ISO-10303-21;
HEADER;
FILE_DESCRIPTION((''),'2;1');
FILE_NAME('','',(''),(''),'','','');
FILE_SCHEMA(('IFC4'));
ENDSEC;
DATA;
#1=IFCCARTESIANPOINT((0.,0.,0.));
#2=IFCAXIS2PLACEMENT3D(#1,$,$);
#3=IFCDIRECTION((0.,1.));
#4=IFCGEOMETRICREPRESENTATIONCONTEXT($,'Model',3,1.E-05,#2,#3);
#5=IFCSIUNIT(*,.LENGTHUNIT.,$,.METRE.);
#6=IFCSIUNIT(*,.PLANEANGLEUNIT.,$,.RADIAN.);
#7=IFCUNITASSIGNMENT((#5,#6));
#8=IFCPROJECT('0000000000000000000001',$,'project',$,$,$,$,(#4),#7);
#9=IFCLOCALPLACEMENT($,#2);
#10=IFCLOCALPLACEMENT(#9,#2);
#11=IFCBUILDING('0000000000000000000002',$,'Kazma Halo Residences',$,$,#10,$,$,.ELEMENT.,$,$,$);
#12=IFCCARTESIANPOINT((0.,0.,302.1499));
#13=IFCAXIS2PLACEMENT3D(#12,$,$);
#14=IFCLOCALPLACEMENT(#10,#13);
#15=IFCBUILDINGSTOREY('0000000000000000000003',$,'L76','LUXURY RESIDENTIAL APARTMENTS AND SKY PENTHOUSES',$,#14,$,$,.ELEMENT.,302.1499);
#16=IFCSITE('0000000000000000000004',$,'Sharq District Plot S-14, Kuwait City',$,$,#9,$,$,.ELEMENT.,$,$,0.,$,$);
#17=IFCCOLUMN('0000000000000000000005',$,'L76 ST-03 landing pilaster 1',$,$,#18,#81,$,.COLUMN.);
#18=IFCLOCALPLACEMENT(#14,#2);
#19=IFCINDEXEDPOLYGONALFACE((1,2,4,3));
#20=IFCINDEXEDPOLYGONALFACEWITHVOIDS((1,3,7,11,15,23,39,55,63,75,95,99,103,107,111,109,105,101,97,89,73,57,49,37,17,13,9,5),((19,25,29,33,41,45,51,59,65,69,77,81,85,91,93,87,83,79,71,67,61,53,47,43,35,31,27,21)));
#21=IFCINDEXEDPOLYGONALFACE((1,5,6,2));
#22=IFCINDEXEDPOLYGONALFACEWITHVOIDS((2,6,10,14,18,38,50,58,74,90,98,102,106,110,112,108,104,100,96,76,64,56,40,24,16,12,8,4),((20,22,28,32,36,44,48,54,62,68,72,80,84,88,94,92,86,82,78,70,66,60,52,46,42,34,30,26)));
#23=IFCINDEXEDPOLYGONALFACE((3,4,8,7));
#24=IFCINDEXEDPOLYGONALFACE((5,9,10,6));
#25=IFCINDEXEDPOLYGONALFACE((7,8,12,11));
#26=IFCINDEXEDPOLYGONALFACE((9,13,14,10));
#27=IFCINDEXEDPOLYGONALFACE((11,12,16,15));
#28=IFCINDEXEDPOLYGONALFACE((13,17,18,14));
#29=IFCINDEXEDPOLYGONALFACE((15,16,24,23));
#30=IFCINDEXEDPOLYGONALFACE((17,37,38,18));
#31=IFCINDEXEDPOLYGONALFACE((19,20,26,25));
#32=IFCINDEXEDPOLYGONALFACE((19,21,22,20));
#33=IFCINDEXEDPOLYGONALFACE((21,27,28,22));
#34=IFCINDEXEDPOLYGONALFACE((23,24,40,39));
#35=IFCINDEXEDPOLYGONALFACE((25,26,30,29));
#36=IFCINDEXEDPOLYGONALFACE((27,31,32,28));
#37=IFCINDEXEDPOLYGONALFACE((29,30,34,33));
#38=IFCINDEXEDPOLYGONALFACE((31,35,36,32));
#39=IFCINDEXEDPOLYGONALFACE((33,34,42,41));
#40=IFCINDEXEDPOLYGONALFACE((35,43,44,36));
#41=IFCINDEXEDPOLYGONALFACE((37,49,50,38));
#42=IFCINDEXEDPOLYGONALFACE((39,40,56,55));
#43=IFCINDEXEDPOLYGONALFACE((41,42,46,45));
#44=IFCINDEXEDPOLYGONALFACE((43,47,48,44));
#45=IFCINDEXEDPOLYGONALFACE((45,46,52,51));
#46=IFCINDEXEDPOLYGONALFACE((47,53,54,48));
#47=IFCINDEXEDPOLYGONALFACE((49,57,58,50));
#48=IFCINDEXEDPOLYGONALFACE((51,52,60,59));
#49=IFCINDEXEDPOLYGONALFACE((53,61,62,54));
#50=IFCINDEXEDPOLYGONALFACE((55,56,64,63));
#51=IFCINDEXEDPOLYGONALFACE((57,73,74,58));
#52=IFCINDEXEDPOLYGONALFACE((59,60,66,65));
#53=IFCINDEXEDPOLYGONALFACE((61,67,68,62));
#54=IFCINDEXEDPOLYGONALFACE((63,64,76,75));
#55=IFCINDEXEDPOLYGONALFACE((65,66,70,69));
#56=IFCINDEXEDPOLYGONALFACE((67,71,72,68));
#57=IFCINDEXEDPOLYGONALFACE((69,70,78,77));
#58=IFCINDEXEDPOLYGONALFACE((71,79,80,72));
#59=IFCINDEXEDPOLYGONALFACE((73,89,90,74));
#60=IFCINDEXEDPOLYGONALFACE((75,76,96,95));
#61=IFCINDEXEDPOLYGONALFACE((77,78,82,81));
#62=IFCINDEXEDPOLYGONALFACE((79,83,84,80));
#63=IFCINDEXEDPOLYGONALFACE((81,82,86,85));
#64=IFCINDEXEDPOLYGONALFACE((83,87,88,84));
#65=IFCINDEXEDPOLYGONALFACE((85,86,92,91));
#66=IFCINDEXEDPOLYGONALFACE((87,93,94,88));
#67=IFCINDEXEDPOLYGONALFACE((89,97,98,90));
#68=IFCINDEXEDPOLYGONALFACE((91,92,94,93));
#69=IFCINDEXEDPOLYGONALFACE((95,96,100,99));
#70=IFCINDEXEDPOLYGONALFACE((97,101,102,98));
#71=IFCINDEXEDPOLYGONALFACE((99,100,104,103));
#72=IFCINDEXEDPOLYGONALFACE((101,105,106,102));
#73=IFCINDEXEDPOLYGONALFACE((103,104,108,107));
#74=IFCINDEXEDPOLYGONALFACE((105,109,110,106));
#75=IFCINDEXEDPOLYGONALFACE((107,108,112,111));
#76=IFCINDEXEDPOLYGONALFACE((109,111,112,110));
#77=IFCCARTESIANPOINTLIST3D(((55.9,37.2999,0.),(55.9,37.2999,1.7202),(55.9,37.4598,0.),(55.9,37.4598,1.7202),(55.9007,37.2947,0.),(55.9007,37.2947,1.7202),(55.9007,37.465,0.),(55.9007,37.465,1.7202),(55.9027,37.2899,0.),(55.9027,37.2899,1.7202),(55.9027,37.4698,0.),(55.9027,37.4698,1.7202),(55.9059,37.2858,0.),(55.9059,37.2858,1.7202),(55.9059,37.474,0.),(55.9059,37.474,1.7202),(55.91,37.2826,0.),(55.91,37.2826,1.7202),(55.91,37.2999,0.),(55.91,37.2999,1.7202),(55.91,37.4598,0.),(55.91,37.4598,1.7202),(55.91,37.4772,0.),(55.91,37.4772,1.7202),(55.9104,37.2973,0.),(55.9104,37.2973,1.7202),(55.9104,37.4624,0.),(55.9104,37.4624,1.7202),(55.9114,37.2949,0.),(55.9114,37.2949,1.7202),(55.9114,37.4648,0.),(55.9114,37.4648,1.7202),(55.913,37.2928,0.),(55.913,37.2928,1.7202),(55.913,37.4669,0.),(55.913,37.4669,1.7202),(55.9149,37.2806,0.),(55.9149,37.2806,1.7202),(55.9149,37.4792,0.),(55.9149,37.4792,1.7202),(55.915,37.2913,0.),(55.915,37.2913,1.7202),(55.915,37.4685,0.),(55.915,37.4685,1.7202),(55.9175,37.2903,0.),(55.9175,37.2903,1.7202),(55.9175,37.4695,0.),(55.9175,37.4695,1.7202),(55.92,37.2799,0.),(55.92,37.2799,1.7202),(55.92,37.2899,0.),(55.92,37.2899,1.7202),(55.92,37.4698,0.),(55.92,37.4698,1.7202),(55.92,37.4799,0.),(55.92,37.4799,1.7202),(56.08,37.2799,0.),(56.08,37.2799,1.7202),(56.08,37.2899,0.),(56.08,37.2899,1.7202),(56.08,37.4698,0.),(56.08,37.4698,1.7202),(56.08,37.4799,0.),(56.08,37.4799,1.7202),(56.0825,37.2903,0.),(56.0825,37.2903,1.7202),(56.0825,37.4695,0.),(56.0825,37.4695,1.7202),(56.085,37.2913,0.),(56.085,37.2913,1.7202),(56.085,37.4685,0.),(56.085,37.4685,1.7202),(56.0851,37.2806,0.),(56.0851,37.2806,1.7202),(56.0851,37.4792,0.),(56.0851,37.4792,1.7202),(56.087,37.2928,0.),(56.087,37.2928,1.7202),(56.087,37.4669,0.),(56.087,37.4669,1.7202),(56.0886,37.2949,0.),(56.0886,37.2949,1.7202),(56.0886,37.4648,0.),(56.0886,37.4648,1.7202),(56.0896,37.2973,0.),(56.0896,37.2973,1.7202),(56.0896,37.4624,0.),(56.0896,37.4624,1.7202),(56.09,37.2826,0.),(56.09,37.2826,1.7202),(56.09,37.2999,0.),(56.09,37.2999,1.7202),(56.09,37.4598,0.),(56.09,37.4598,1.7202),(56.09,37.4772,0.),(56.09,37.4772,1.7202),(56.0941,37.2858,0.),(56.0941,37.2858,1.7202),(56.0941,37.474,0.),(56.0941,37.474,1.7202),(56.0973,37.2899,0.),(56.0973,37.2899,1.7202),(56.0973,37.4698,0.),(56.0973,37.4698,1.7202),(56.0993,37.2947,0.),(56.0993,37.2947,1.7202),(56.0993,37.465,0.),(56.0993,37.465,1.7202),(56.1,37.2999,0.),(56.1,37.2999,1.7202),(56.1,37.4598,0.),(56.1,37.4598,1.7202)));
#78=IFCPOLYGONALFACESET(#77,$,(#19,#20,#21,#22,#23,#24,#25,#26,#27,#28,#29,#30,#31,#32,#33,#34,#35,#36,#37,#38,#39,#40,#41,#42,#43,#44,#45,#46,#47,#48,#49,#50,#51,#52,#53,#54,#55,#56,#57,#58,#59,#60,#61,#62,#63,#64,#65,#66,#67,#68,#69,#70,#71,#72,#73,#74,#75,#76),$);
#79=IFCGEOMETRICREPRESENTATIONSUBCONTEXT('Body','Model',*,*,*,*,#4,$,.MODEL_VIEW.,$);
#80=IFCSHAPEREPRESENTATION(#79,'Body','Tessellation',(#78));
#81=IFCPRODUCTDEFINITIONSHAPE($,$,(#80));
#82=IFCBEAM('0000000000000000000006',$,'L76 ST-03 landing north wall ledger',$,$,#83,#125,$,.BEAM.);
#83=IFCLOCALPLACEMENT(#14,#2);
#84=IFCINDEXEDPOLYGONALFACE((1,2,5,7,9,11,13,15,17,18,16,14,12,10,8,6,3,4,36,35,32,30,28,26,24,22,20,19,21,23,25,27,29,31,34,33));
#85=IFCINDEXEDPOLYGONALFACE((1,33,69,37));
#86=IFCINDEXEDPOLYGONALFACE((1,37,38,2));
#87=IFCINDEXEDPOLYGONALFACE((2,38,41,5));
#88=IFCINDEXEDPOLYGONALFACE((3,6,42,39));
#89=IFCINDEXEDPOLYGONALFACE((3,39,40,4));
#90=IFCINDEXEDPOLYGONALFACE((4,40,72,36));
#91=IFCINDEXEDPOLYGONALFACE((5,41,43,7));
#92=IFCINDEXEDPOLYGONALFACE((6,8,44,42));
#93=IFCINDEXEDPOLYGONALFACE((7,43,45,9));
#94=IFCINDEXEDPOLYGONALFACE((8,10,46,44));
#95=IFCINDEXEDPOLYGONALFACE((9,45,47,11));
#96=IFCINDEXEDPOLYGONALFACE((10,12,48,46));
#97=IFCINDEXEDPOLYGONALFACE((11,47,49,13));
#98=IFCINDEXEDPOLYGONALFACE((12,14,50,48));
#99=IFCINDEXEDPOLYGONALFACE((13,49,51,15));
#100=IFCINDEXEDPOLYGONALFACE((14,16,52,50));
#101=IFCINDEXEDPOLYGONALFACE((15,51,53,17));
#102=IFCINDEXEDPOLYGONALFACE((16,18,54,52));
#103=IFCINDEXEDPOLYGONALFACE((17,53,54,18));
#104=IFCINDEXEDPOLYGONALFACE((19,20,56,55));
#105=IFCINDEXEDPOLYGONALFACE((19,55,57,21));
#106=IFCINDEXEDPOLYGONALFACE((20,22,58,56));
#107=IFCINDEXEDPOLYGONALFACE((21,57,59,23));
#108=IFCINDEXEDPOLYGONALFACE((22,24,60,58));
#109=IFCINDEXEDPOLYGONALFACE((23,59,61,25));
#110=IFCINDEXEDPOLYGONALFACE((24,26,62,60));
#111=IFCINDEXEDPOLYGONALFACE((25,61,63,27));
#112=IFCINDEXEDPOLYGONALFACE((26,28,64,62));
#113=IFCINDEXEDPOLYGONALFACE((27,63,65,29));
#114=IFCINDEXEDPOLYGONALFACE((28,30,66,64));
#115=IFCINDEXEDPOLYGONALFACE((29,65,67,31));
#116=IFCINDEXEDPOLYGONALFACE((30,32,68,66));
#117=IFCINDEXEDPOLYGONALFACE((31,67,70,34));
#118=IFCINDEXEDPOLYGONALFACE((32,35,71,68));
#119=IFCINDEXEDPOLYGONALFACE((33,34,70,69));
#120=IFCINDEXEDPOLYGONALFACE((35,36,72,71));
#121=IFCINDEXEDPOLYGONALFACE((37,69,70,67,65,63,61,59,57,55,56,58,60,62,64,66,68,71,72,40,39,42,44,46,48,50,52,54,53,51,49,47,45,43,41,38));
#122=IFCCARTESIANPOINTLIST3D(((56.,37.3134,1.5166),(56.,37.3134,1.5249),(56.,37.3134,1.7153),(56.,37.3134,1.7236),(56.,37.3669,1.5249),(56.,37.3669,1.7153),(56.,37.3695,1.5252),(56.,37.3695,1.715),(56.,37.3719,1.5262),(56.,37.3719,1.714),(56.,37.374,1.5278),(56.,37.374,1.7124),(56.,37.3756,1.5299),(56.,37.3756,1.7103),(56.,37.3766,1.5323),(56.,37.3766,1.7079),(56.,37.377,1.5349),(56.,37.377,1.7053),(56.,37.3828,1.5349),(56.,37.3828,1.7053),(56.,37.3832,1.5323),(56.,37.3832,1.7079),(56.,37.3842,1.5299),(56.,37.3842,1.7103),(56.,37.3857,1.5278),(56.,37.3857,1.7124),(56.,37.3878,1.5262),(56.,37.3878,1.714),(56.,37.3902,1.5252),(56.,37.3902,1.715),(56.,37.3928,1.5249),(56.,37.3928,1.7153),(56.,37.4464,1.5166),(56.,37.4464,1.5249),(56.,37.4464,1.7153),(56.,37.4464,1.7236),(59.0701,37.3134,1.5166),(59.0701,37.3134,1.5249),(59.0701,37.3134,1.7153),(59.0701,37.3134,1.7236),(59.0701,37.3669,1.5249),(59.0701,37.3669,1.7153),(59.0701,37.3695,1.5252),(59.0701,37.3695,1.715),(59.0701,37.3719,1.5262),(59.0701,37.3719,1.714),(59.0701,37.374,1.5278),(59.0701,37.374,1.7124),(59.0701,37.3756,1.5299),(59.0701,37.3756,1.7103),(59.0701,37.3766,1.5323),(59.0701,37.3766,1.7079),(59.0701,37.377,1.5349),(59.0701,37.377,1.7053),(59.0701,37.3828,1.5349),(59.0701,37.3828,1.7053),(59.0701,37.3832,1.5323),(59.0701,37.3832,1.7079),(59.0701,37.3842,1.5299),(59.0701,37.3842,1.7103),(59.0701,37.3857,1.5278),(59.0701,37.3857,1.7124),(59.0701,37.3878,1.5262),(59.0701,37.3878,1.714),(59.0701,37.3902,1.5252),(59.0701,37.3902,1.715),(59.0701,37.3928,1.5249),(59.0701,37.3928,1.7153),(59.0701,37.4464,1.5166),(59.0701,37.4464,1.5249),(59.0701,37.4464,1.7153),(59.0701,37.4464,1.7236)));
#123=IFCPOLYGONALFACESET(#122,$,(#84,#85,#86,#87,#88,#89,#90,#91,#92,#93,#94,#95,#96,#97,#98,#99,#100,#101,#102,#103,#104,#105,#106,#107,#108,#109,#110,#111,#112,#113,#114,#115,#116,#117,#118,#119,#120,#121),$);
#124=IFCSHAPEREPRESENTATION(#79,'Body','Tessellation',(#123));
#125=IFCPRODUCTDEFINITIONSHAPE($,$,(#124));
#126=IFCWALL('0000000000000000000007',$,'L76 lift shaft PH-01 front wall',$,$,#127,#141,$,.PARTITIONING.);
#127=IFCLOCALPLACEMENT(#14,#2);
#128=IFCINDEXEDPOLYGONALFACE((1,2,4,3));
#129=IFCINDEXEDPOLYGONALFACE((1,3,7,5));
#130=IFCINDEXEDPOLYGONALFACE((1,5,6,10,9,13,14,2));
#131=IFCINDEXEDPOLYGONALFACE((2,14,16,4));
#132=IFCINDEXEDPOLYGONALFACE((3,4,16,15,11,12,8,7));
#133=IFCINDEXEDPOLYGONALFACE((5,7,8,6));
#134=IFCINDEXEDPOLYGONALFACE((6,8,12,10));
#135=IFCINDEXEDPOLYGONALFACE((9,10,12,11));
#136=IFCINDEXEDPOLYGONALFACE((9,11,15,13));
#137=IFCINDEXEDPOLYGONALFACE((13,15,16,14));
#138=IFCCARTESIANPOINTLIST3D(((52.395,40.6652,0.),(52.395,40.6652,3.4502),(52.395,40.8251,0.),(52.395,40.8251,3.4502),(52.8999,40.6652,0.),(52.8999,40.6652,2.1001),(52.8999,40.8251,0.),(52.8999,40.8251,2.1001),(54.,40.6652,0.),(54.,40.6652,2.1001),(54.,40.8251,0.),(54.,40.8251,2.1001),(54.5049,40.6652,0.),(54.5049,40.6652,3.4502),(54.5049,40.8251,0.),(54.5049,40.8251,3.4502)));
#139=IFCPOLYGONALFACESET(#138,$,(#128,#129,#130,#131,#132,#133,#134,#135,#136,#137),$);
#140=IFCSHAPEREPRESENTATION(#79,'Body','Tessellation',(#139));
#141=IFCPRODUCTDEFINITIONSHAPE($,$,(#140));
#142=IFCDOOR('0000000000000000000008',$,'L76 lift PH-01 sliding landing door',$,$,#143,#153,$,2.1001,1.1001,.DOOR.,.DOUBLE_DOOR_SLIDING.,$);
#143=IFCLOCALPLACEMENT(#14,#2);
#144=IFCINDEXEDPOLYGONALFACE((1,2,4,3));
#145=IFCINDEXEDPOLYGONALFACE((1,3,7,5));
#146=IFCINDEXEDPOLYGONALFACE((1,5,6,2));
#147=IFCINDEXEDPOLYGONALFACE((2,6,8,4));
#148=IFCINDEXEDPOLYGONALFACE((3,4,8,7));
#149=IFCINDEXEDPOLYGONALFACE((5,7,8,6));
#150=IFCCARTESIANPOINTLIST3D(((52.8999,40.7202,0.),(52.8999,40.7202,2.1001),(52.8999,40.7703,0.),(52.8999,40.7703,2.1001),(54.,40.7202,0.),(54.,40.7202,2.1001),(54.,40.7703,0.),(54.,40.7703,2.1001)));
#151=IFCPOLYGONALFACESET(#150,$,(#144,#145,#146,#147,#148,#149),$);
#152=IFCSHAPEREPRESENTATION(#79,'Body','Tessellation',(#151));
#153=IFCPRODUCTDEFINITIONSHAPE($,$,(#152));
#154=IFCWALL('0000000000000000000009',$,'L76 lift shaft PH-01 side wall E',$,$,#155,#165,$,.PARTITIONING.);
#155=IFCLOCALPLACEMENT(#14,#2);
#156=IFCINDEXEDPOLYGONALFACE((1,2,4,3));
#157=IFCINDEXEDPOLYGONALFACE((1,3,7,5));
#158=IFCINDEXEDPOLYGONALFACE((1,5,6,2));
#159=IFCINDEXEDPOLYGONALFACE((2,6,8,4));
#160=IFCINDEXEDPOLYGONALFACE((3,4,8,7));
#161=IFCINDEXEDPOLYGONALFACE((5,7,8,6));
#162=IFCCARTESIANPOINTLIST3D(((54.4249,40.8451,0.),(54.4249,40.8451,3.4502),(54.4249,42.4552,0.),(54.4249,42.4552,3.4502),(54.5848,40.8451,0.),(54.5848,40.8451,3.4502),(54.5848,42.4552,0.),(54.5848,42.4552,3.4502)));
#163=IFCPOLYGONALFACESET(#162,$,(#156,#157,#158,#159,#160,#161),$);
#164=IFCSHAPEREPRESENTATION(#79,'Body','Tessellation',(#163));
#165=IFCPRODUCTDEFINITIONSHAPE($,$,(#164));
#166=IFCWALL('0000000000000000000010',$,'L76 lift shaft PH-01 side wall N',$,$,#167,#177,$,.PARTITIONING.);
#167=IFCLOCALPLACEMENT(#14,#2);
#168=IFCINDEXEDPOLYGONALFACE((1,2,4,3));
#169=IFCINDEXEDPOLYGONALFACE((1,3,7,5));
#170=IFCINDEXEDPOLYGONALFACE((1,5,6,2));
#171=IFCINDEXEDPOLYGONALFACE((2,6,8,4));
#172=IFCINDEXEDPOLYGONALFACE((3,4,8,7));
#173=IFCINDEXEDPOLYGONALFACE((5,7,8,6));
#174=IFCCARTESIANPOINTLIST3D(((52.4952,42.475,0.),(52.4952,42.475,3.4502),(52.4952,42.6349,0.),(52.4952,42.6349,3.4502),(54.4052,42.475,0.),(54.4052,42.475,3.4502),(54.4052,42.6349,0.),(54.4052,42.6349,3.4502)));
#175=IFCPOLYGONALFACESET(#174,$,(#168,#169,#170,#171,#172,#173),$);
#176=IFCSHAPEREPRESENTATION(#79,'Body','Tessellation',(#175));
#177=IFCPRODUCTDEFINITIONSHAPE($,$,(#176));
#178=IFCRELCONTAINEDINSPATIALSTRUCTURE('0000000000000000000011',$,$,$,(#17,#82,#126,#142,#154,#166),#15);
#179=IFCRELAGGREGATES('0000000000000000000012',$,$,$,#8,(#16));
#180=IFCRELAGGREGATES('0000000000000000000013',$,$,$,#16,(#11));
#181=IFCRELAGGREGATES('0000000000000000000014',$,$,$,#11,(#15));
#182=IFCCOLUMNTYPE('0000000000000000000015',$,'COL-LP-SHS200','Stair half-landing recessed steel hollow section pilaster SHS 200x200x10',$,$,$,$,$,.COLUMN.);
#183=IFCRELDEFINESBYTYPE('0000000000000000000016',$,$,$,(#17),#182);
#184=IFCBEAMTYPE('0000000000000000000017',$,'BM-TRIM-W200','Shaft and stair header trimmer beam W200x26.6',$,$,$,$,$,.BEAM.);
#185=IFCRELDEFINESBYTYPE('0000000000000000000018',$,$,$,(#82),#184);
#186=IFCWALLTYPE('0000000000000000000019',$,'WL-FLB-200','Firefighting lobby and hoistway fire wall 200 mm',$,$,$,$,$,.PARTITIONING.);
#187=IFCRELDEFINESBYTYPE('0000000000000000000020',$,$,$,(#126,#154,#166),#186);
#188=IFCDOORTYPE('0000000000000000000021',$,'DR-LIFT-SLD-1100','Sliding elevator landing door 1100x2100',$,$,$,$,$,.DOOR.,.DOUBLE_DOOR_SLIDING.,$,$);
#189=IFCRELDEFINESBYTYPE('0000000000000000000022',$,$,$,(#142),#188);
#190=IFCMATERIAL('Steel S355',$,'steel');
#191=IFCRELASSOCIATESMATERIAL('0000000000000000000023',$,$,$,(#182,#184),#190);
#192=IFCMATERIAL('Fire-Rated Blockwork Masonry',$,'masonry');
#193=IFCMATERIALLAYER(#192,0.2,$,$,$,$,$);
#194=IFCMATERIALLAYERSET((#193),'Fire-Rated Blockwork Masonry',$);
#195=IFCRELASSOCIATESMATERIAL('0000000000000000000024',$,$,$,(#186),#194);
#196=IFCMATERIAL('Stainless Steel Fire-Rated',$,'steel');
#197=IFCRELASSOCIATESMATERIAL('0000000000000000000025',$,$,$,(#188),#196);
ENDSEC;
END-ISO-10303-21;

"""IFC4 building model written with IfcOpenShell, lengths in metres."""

from ifc_helpers import new_model, si_unit, direction, frame, frame_2d, origin, origin_2d, place, context, subcontext, project, spatial, rectangle, hollow_rectangle, i_section, extrude, material, layer, layer_set, material_profile, profile_set, type_object, element, fill, save


model = new_model("IFC4")

# Units and contexts
model_context = context("Model", 3, precision=1e-05, world=origin(), true_north=direction((0.0, 1.0)))
body_context = subcontext(model_context, "Body", "Model", "MODEL_VIEW")
ifc_project = project(units=[si_unit("LENGTHUNIT", "METRE"), si_unit("PLANEANGLEUNIT", "RADIAN")], contexts=[model_context])

# Site, building, storey
site_placement = place(None, origin())
site = spatial("IfcSite", under=ifc_project, at=site_placement, Name="Sharq District Plot S-14, Kuwait City", CompositionType="ELEMENT", RefElevation=0.0)
building_placement = place(site_placement, origin())
building = spatial("IfcBuilding", under=site, at=building_placement, Name="Kazma Halo Residences", CompositionType="ELEMENT")
storey_placement = place(building_placement, frame((0.0, 0.0, 302.1499)))
storey = spatial("IfcBuildingStorey", under=building, at=storey_placement, Name="L76", Description="LUXURY RESIDENTIAL APARTMENTS AND SKY PENTHOUSES", CompositionType="ELEMENT", Elevation=302.1499)

# Column
ifc_material_1 = material(Name="Steel S355", Category="steel")
ifc_material_profile_1 = material_profile(ifc_material_1, hollow_rectangle(XDim=0.2, YDim=0.2, WallThickness=0.01, InnerFilletRadius=0.01, OuterFilletRadius=0.02, at=origin_2d()), Name="SHS200x200x10")
ifc_profile_set_1 = profile_set([ifc_material_profile_1], Name="Steel S355")
column_type = type_object("IfcColumnType", Name="COL-LP-SHS200", Description="Stair half-landing recessed steel hollow section pilaster SHS 200x200x10", PredefinedType="COLUMN", material=ifc_profile_set_1)
column_placement = place(storey_placement, frame((56.0, 37.3799, 0.0), z_axis=(0.0, 0.0, 1.0), x_axis=(1.0, 0.0, 0.0)))
element("IfcColumn", 1, at=column_placement, inside=storey, type_object=column_type, Name="L76 ST-03 landing pilaster 1", PredefinedType="COLUMN", context=body_context, shape_type="SweptSolid", body=[
    extrude(hollow_rectangle(XDim=0.2, YDim=0.2, WallThickness=0.01, InnerFilletRadius=0.01, OuterFilletRadius=0.02, at=origin_2d()), origin(), (0.0, 0.0, 1.0), 1.7202),
])

# Beam
ifc_material_profile_2 = material_profile(ifc_material_1, i_section(OverallWidth=0.1331, OverallDepth=0.207, WebThickness=0.0059, FlangeThickness=0.0083, FilletRadius=0.01, at=origin_2d()), Name="W200x26.6")
ifc_profile_set_2 = profile_set([ifc_material_profile_2], Name="Steel S355")
beam_type = type_object("IfcBeamType", Name="BM-TRIM-W200", Description="Shaft and stair header trimmer beam W200x26.6", PredefinedType="BEAM", material=ifc_profile_set_2)
beam_placement = place(storey_placement, frame((56.0, 37.3799, 1.6201), z_axis=(1.0, 0.0, 0.0), x_axis=(0.0, 1.0, 0.0)))
element("IfcBeam", 2, at=beam_placement, inside=storey, type_object=beam_type, Name="L76 ST-03 landing north wall ledger", PredefinedType="BEAM", context=body_context, shape_type="SweptSolid", body=[
    extrude(i_section(OverallWidth=0.1331, OverallDepth=0.207, WebThickness=0.0059, FlangeThickness=0.0083, FilletRadius=0.01, at=origin_2d()), origin(), (0.0, 0.0, 1.0), 3.0701),
])

# Wall, opening, door
ifc_material_2 = material(Name="Fire-Rated Blockwork Masonry", Category="masonry")
ifc_layer_1 = layer(ifc_material_2, 0.2)
ifc_layer_set_1 = layer_set([ifc_layer_1], Name="Fire-Rated Blockwork Masonry")
wall_type_1 = type_object("IfcWallType", Name="WL-FLB-200", Description="Firefighting lobby and hoistway fire wall 200 mm", PredefinedType="PARTITIONING", material=ifc_layer_set_1)
wall_1_placement = place(storey_placement, frame((54.5049, 40.7451, 0.0), z_axis=(0.0, 0.0, 1.0), x_axis=(-1.0, 0.0, 0.0)))
wall_1 = element("IfcWall", 3, at=wall_1_placement, inside=storey, type_object=wall_type_1, Name="L76 lift shaft PH-01 front wall", PredefinedType="PARTITIONING", context=body_context, shape_type="SweptSolid", body=[
    extrude(rectangle(XDim=2.1099, YDim=0.1599, at=frame_2d((1.0549, 0.0))), origin(), (0.0, 0.0, 1.0), 3.4502),
])
opening_1_placement = place(wall_1_placement, frame((0.5049, 0.0, 0.0)))
opening_1 = element("IfcOpeningElement", 4, at=opening_1_placement, cuts=wall_1, PredefinedType="OPENING", context=body_context, shape_type="SweptSolid", body=[
    extrude(rectangle(XDim=1.1001, YDim=2.1001, at=frame_2d((0.55, 1.05))), frame((0.0, 0.0898, 0.0), z_axis=(0.0, -1.0, 0.0), x_axis=(1.0, 0.0, 0.0)), (0.0, 0.0, 1.0), 0.1799),
])
ifc_material_3 = material(Name="Stainless Steel Fire-Rated", Category="steel")
door_type_1 = type_object("IfcDoorType", Name="DR-LIFT-SLD-1100", Description="Sliding elevator landing door 1100x2100", OperationType="DOUBLE_DOOR_SLIDING", PredefinedType="DOOR", material=ifc_material_3)
door_1_placement = place(opening_1_placement, origin())
door_1 = element("IfcDoor", 5, at=door_1_placement, inside=storey, type_object=door_type_1, Name="L76 lift PH-01 sliding landing door", OperationType="DOUBLE_DOOR_SLIDING", OverallHeight=2.1001, OverallWidth=1.1001, PredefinedType="DOOR", context=body_context, shape_type="SweptSolid", body=[
    extrude(rectangle(XDim=1.1001, YDim=2.1001, at=frame_2d((0.55, 1.05))), frame((0.0, 0.0249, 0.0), z_axis=(0.0, -1.0, 0.0), x_axis=(1.0, 0.0, 0.0)), (0.0, 0.0, 1.0), 0.05),
])
fill(opening_1, door_1)

# Walls
wall_2_placement = place(storey_placement, frame((54.5049, 40.845, 0.0), z_axis=(0.0, 0.0, 1.0), x_axis=(0.0, 1.0, 0.0)))
element("IfcWall", 6, at=wall_2_placement, inside=storey, type_object=wall_type_1, Name="L76 lift shaft PH-01 side wall E", PredefinedType="PARTITIONING", context=body_context, shape_type="SweptSolid", body=[
    extrude(rectangle(XDim=1.6101, YDim=0.1599, at=frame_2d((0.8052, 0.0))), origin(), (0.0, 0.0, 1.0), 3.4502),
])
wall_3_placement = place(storey_placement, frame((52.4951, 42.5549, 0.0), z_axis=(0.0, 0.0, 1.0), x_axis=(1.0, 0.0, 0.0)))
element("IfcWall", 7, at=wall_3_placement, inside=storey, type_object=wall_type_1, Name="L76 lift shaft PH-01 side wall N", PredefinedType="PARTITIONING", context=body_context, shape_type="SweptSolid", body=[
    extrude(rectangle(XDim=1.9099, YDim=0.1599, at=frame_2d((0.9551, 0.0))), origin(), (0.0, 0.0, 1.0), 3.4502),
])

save(model, "model.ifc")
